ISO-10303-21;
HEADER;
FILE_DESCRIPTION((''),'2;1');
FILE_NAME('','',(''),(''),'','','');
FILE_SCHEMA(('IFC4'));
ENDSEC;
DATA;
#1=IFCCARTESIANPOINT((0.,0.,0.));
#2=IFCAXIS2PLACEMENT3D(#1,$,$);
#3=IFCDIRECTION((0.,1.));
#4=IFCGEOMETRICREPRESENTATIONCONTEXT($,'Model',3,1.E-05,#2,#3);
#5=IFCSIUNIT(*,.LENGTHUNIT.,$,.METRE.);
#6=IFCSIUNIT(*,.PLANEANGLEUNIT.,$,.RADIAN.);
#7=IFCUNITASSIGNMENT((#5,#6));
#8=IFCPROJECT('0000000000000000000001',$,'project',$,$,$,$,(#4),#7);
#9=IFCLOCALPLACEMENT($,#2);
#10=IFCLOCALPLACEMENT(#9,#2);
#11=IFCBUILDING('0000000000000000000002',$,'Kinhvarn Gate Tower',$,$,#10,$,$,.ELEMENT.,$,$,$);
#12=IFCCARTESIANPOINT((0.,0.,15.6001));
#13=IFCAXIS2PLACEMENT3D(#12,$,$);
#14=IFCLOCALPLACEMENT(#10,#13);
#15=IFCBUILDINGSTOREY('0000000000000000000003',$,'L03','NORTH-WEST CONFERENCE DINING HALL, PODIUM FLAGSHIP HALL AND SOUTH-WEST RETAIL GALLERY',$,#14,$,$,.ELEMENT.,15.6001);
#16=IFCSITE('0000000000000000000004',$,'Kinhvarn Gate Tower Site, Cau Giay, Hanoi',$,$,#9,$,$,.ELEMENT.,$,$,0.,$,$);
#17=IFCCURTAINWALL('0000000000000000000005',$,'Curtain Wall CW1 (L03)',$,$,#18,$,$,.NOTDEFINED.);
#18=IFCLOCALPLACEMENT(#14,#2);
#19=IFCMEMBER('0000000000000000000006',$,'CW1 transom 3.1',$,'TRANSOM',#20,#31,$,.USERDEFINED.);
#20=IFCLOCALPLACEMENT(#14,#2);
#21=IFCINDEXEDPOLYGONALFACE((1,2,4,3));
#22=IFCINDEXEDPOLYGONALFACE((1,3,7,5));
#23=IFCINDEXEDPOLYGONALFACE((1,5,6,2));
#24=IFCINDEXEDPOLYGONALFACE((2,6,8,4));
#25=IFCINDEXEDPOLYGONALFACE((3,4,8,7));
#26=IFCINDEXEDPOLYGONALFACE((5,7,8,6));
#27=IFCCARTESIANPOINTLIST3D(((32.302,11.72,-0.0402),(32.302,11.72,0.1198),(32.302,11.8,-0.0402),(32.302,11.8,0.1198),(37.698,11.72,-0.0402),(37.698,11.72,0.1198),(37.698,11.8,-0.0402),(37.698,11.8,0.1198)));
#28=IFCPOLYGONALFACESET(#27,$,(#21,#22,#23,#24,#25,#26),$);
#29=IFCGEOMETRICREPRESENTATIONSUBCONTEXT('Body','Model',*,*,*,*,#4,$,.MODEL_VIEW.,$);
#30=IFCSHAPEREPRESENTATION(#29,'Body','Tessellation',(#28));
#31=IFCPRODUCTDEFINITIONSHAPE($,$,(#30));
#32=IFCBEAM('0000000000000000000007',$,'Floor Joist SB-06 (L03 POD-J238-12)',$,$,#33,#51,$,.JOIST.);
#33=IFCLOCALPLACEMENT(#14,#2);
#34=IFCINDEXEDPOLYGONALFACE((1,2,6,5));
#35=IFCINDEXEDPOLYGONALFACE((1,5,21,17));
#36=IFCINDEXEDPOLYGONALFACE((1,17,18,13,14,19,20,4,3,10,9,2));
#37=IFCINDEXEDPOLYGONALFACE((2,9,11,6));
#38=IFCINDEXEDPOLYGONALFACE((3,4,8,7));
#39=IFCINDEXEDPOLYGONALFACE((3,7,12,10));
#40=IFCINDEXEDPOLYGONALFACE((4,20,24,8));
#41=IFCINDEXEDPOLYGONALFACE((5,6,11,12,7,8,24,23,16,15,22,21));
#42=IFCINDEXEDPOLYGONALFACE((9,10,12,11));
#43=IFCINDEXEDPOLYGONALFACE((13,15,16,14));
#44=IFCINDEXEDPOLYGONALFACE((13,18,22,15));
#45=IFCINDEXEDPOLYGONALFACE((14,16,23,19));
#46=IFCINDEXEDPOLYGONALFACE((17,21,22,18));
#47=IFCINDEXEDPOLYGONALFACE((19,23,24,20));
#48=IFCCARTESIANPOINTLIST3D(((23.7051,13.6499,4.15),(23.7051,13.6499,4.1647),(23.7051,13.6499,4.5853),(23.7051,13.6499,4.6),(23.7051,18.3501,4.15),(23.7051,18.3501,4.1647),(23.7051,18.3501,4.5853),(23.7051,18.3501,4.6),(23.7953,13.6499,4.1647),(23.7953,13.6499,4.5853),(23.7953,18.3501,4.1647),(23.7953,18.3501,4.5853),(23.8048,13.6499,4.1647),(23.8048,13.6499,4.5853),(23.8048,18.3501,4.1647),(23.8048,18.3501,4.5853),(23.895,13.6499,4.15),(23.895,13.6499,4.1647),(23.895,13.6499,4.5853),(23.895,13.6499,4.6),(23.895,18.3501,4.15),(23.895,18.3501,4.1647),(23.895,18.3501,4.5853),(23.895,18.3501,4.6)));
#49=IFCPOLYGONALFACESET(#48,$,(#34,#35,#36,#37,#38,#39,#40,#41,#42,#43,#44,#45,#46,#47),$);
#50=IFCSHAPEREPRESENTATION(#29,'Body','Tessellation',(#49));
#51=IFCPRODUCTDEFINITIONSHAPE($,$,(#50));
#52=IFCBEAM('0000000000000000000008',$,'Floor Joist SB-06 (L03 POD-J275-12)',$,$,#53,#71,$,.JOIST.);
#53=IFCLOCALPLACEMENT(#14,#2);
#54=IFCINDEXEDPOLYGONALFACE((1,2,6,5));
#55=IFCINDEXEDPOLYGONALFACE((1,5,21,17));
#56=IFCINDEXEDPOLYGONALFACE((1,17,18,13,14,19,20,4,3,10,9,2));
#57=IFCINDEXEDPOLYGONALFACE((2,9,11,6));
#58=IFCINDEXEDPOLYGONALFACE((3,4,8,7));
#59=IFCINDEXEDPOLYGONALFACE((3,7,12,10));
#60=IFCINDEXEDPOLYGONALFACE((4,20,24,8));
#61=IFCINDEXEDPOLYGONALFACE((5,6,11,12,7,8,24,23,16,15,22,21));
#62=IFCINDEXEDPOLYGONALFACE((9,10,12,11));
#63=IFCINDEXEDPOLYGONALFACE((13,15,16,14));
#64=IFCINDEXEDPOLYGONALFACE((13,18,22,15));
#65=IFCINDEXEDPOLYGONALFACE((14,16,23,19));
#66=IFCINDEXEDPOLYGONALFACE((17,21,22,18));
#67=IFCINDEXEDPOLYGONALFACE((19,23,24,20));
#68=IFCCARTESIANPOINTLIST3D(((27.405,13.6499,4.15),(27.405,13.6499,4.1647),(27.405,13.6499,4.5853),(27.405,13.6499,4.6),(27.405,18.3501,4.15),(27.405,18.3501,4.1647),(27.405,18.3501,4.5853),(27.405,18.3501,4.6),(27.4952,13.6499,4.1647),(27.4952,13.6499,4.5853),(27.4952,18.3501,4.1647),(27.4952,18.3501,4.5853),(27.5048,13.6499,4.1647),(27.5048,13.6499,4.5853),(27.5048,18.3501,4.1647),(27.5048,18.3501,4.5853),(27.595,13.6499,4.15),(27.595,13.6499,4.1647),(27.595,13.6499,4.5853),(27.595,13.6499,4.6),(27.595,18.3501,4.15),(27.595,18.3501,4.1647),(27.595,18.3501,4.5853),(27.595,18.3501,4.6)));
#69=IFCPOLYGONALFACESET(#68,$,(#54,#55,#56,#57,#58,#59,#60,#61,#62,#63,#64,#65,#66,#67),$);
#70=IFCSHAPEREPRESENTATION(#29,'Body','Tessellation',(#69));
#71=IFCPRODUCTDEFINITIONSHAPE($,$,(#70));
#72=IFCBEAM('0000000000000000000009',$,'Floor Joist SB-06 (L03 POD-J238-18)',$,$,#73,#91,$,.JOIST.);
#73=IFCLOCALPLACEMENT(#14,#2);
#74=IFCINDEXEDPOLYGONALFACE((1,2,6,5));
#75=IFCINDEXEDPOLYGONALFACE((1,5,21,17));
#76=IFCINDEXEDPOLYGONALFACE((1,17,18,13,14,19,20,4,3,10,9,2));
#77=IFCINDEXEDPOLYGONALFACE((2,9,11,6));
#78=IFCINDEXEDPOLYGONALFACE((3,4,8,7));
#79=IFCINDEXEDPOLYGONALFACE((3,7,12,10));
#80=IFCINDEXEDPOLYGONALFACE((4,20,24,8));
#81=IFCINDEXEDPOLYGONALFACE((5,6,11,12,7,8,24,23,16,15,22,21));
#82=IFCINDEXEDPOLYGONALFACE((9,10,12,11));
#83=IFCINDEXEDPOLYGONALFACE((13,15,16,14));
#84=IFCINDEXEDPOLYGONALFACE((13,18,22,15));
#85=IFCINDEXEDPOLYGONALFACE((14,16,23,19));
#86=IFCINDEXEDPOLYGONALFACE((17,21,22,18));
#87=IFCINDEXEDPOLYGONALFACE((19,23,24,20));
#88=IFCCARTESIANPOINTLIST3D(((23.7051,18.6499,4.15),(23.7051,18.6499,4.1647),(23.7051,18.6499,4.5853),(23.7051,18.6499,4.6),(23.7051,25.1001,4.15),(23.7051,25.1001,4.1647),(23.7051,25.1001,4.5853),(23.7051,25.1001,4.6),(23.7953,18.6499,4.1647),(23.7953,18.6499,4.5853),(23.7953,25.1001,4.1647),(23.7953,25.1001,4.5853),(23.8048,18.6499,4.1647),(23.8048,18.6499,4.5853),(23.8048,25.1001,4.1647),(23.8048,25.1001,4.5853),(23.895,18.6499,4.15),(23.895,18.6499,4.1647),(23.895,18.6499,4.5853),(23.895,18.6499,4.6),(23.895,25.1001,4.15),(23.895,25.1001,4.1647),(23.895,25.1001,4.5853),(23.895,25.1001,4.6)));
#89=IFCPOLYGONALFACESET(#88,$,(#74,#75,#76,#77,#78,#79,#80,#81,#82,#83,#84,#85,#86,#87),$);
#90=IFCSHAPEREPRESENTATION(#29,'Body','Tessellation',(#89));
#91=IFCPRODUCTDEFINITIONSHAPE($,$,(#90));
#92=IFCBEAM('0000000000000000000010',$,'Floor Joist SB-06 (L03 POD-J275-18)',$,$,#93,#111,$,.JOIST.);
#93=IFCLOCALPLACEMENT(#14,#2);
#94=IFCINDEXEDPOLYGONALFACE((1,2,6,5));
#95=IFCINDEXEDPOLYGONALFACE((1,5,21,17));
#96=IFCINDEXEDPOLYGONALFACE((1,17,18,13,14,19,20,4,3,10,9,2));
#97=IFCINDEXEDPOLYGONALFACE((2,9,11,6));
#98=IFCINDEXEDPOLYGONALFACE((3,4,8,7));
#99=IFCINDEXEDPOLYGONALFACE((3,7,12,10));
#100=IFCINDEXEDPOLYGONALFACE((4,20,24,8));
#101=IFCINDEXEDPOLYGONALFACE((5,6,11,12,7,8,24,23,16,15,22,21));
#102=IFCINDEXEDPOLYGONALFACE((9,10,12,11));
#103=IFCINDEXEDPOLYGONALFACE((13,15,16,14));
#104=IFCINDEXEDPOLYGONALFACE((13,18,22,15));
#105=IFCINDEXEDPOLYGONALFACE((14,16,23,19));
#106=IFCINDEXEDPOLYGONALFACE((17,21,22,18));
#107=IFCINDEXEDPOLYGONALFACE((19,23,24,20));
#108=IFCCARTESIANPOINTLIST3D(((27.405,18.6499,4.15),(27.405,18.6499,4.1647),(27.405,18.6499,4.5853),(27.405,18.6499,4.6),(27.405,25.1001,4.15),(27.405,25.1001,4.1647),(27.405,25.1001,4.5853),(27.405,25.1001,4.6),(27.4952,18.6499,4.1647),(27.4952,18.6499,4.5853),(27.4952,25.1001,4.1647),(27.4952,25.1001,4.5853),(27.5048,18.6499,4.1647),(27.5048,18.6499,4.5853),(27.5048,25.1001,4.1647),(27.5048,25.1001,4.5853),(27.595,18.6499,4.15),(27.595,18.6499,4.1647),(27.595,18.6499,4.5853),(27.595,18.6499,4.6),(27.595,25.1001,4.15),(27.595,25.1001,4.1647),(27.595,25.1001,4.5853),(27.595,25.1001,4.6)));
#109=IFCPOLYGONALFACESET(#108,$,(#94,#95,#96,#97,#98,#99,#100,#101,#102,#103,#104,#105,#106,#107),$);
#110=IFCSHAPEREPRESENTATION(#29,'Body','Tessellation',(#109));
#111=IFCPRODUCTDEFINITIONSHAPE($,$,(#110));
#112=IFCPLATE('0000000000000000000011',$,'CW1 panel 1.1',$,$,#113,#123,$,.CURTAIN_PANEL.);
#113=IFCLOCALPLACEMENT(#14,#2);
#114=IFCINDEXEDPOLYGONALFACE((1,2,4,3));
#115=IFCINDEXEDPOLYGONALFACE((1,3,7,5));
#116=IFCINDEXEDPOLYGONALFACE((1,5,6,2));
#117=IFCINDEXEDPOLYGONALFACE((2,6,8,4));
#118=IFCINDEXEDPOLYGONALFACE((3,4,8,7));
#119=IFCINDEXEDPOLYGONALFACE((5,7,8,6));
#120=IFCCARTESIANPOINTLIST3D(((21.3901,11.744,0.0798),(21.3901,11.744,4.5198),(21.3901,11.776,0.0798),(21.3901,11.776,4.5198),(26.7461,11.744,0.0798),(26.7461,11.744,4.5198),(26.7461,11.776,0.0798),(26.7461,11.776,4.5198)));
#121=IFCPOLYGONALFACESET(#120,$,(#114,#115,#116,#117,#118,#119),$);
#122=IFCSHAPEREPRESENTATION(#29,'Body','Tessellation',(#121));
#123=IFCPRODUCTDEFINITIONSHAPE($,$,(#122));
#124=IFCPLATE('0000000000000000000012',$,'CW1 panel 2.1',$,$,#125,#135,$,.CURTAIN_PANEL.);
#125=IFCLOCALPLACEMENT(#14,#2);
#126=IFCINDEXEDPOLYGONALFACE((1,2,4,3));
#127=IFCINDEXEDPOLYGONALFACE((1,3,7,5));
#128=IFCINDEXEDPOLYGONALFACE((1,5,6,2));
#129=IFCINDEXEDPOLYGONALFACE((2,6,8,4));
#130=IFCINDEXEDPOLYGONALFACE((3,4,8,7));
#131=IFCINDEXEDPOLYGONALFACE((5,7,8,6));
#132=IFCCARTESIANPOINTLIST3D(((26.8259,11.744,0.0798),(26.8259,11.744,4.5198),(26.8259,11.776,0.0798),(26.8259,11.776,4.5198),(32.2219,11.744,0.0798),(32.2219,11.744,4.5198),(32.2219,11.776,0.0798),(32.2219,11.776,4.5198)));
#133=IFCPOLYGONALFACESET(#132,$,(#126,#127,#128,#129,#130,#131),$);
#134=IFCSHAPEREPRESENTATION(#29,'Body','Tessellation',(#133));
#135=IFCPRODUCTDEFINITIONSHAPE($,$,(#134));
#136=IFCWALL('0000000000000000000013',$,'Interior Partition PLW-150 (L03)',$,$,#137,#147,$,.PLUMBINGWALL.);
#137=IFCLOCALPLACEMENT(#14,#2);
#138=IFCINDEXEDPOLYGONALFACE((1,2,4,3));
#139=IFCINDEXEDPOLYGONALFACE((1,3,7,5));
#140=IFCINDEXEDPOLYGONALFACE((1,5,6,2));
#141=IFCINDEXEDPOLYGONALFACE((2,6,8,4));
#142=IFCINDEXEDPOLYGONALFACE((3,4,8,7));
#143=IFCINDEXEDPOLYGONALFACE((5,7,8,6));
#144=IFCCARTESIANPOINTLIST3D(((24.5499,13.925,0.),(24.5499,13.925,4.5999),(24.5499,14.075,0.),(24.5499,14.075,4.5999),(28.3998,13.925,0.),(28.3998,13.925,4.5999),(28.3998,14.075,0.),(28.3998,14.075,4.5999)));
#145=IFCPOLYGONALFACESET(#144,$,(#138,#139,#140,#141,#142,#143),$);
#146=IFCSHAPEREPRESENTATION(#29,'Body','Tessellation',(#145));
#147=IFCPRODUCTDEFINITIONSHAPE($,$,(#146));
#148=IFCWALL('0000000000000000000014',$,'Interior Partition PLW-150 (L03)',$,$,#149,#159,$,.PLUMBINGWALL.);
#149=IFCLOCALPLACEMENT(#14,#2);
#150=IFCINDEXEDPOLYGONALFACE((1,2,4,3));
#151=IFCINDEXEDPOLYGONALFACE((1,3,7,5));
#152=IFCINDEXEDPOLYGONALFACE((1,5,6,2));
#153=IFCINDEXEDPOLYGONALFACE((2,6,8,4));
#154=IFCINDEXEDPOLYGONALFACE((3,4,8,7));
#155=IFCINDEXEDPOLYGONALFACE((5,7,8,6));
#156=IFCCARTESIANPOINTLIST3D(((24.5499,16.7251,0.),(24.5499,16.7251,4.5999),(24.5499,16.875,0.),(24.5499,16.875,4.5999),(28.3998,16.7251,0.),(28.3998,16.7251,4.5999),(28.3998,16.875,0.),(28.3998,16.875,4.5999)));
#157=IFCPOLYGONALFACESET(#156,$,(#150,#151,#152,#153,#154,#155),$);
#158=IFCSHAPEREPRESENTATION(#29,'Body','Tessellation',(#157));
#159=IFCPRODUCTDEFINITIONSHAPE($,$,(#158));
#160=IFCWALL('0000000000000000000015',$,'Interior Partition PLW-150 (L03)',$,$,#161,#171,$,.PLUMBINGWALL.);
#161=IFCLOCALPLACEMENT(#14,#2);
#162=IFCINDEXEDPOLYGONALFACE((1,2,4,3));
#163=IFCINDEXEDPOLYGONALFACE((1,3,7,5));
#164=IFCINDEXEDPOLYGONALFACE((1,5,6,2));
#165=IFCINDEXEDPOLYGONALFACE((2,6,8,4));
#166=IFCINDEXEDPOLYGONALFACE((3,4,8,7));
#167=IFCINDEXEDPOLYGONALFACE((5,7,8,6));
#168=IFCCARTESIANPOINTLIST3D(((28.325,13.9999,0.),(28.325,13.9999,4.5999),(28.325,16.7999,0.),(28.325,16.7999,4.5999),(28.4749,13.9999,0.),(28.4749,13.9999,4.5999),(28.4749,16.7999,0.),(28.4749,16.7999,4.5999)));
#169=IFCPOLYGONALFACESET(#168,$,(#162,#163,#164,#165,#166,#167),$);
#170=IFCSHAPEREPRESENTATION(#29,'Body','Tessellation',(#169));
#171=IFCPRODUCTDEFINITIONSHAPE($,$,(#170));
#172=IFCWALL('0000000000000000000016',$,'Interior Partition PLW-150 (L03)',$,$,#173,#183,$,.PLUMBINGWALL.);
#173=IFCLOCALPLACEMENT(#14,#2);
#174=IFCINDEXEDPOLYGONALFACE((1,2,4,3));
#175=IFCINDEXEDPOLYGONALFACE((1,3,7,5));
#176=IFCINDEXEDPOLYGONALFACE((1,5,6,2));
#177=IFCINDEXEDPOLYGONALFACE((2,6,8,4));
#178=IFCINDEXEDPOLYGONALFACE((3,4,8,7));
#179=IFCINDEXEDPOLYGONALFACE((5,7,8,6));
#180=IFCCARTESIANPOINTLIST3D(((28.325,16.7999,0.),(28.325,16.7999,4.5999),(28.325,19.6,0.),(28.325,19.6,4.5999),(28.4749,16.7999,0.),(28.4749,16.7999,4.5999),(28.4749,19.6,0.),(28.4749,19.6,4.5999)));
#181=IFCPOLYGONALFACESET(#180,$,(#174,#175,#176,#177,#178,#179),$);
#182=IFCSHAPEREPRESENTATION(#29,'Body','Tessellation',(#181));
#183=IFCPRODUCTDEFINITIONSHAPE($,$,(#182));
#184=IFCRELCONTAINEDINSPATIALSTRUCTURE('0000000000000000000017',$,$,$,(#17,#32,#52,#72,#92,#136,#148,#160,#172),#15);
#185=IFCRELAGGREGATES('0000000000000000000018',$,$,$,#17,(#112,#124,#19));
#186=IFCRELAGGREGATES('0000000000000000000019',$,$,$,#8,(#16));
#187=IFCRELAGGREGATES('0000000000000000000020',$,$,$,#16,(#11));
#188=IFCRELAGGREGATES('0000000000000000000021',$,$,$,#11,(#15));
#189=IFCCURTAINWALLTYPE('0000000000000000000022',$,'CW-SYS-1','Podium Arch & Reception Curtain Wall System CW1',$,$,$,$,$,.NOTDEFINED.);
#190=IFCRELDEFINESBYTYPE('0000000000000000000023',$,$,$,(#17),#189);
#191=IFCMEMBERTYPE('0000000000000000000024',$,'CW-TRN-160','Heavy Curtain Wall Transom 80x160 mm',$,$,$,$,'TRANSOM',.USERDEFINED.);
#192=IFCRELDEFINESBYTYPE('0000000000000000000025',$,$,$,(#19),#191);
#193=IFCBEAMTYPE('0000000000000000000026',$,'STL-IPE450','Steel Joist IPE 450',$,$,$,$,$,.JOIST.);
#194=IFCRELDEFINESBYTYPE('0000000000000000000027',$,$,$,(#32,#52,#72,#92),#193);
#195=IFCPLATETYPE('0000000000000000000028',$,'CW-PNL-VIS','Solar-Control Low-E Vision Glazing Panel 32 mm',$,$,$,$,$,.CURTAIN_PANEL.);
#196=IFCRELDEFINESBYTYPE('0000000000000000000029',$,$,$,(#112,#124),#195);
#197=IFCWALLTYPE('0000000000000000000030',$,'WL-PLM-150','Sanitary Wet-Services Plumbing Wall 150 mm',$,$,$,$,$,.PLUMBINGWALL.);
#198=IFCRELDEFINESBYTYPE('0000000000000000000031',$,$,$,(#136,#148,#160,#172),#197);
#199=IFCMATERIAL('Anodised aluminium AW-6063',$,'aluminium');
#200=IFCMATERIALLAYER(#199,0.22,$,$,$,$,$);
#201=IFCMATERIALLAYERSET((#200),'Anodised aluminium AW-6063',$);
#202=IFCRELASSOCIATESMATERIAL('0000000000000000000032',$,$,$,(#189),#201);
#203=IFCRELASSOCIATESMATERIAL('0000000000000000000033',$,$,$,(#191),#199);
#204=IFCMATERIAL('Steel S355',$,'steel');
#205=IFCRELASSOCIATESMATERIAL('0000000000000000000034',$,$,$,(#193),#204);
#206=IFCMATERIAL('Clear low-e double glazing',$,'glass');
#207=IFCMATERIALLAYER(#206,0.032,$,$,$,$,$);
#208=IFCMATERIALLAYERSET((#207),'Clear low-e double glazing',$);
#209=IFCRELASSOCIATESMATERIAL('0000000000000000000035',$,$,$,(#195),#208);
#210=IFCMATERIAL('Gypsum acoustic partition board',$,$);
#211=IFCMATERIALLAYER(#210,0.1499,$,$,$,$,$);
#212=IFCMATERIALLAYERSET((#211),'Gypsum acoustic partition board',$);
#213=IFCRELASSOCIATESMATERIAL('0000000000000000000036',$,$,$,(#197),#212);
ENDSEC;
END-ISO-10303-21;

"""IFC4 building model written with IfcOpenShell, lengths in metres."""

from ifc_helpers import new_model, si_unit, direction, frame, frame_2d, origin, origin_2d, place, context, subcontext, project, spatial, rectangle, i_section, extrude, material, layer, layer_set, material_profile, profile_set, type_object, element, aggregate, save


model = new_model("IFC4")

# Units and contexts
model_context = context("Model", 3, precision=1e-05, world=origin(), true_north=direction((0.0, 1.0)))
body_context = subcontext(model_context, "Body", "Model", "MODEL_VIEW")
ifc_project = project(units=[si_unit("LENGTHUNIT", "METRE"), si_unit("PLANEANGLEUNIT", "RADIAN")], contexts=[model_context])

# Site, building, storey
site_placement = place(None, origin())
site = spatial("IfcSite", under=ifc_project, at=site_placement, Name="Kinhvarn Gate Tower Site, Cau Giay, Hanoi", CompositionType="ELEMENT", RefElevation=0.0)
building_placement = place(site_placement, origin())
building = spatial("IfcBuilding", under=site, at=building_placement, Name="Kinhvarn Gate Tower", CompositionType="ELEMENT")
storey_placement = place(building_placement, frame((0.0, 0.0, 15.6001)))
storey = spatial("IfcBuildingStorey", under=building, at=storey_placement, Name="L03", Description="NORTH-WEST CONFERENCE DINING HALL, PODIUM FLAGSHIP HALL AND SOUTH-WEST RETAIL GALLERY", CompositionType="ELEMENT", Elevation=15.6001)

# Curtain wall, member
ifc_material_1 = material(Name="Anodised aluminium AW-6063", Category="aluminium")
ifc_layer_1 = layer(ifc_material_1, 0.22)
ifc_layer_set_1 = layer_set([ifc_layer_1], Name="Anodised aluminium AW-6063")
curtain_wall_type = type_object("IfcCurtainWallType", Name="CW-SYS-1", Description="Podium Arch & Reception Curtain Wall System CW1", PredefinedType="NOTDEFINED", material=ifc_layer_set_1)
curtain_wall_placement = place(storey_placement, origin())
curtain_wall = element("IfcCurtainWall", 1, at=curtain_wall_placement, inside=storey, type_object=curtain_wall_type, Name="Curtain Wall CW1 (L03)", PredefinedType="NOTDEFINED")
ifc_material_profile_1 = material_profile(ifc_material_1, rectangle(XDim=0.0801, YDim=0.1599, at=origin_2d()), Name="ALU 80x160")
ifc_profile_set_1 = profile_set([ifc_material_profile_1], Name="Anodised aluminium AW-6063")
member_type_1 = type_object("IfcMemberType", Name="CW-TRN-160", Description="Heavy Curtain Wall Transom 80x160 mm", ElementType="TRANSOM", PredefinedType="USERDEFINED", material=ifc_profile_set_1)
member_1_placement = place(storey_placement, frame((32.302, 11.76, 0.0398), z_axis=(1.0, 0.0, 0.0), x_axis=(0.0, 1.0, 0.0)))
member_1 = element("IfcMember", 2, at=member_1_placement, type_object=member_type_1, Name="CW1 transom 3.1", ObjectType="TRANSOM", PredefinedType="USERDEFINED", context=body_context, shape_type="SweptSolid", body=[
    extrude(rectangle(XDim=0.0801, YDim=0.1599, at=origin_2d()), origin(), (0.0, 0.0, 1.0), 5.396),
])

# Beams
ifc_material_2 = material(Name="Steel S355", Category="steel")
ifc_material_profile_2 = material_profile(ifc_material_2, i_section(OverallWidth=0.1899, OverallDepth=0.45, WebThickness=0.0095, FlangeThickness=0.0146, at=origin_2d()), Name="IPE 450")
ifc_profile_set_2 = profile_set([ifc_material_profile_2], Name="Steel S355")
beam_type_1 = type_object("IfcBeamType", Name="STL-IPE450", Description="Steel Joist IPE 450", PredefinedType="JOIST", material=ifc_profile_set_2)
for number, where, z_axis, x_axis, name in (
    (3, (23.8, 13.6499, 4.375), (0.0, 1.0, 0.0), (-1.0, 0.0, 0.0), "Floor Joist SB-06 (L03 POD-J238-12)"),
    (4, (27.5, 13.6499, 4.375), (0.0, 1.0, 0.0), (-1.0, 0.0, 0.0), "Floor Joist SB-06 (L03 POD-J275-12)"),
):
    element("IfcBeam", number, at=place(storey_placement, frame(where, z_axis=z_axis, x_axis=x_axis)), inside=storey, type_object=beam_type_1, Name=name, PredefinedType="JOIST", context=body_context, shape_type="SweptSolid", body=[
        extrude(i_section(OverallWidth=0.1899, OverallDepth=0.45, WebThickness=0.0095, FlangeThickness=0.0146, at=origin_2d()), origin(), (0.0, 0.0, 1.0), 4.7002),
    ])
for number, where, z_axis, x_axis, name in (
    (5, (23.8, 18.6499, 4.375), (0.0, 1.0, 0.0), (-1.0, 0.0, 0.0), "Floor Joist SB-06 (L03 POD-J238-18)"),
    (6, (27.5, 18.6499, 4.375), (0.0, 1.0, 0.0), (-1.0, 0.0, 0.0), "Floor Joist SB-06 (L03 POD-J275-18)"),
):
    element("IfcBeam", number, at=place(storey_placement, frame(where, z_axis=z_axis, x_axis=x_axis)), inside=storey, type_object=beam_type_1, Name=name, PredefinedType="JOIST", context=body_context, shape_type="SweptSolid", body=[
        extrude(i_section(OverallWidth=0.1899, OverallDepth=0.45, WebThickness=0.0095, FlangeThickness=0.0146, at=origin_2d()), origin(), (0.0, 0.0, 1.0), 6.4502),
    ])

# Plates
ifc_material_3 = material(Name="Clear low-e double glazing", Category="glass")
ifc_layer_2 = layer(ifc_material_3, 0.032)
ifc_layer_set_2 = layer_set([ifc_layer_2], Name="Clear low-e double glazing")
plate_type = type_object("IfcPlateType", Name="CW-PNL-VIS", Description="Solar-Control Low-E Vision Glazing Panel 32 mm", PredefinedType="CURTAIN_PANEL", material=ifc_layer_set_2)
plate_1_placement = place(storey_placement, frame((24.0681, 11.76, 0.0798), z_axis=(0.0, 0.0, 1.0), x_axis=(1.0, 0.0, 0.0)))
plate_1 = element("IfcPlate", 7, at=plate_1_placement, type_object=plate_type, Name="CW1 panel 1.1", PredefinedType="CURTAIN_PANEL", context=body_context, shape_type="SweptSolid", body=[
    extrude(rectangle(XDim=5.356, YDim=0.032, at=origin_2d()), origin(), (0.0, 0.0, 1.0), 4.4399),
])
plate_2_placement = place(storey_placement, frame((29.5239, 11.76, 0.0798), z_axis=(0.0, 0.0, 1.0), x_axis=(1.0, 0.0, 0.0)))
plate_2 = element("IfcPlate", 8, at=plate_2_placement, type_object=plate_type, Name="CW1 panel 2.1", PredefinedType="CURTAIN_PANEL", context=body_context, shape_type="SweptSolid", body=[
    extrude(rectangle(XDim=5.396, YDim=0.032, at=origin_2d()), origin(), (0.0, 0.0, 1.0), 4.4399),
])
aggregate(curtain_wall, [plate_1, plate_2, member_1])

# Walls
ifc_material_4 = material(Name="Gypsum acoustic partition board")
ifc_layer_3 = layer(ifc_material_4, 0.1499)
ifc_layer_set_3 = layer_set([ifc_layer_3], Name="Gypsum acoustic partition board")
wall_type_1 = type_object("IfcWallType", Name="WL-PLM-150", Description="Sanitary Wet-Services Plumbing Wall 150 mm", PredefinedType="PLUMBINGWALL", material=ifc_layer_set_3)
for number, where, z_axis, x_axis, name in (
    (9, (24.55, 14.0, 0.0), (0.0, 0.0, 1.0), (1.0, 0.0, 0.0), "Interior Partition PLW-150 (L03)"),
    (10, (24.55, 16.8, 0.0), (0.0, 0.0, 1.0), (1.0, 0.0, 0.0), "Interior Partition PLW-150 (L03)"),
):
    element("IfcWall", number, at=place(storey_placement, frame(where, z_axis=z_axis, x_axis=x_axis)), inside=storey, type_object=wall_type_1, Name=name, PredefinedType="PLUMBINGWALL", context=body_context, shape_type="SweptSolid", body=[
        extrude(rectangle(XDim=3.8499, YDim=0.1499, at=frame_2d((1.9248, 0.0))), origin(), (0.0, 0.0, 1.0), 4.5999),
    ])
for number, where, z_axis, x_axis, name in (
    (11, (28.3999, 14.0, 0.0), (0.0, 0.0, 1.0), (0.0, 1.0, 0.0), "Interior Partition PLW-150 (L03)"),
    (12, (28.3999, 16.8, 0.0), (0.0, 0.0, 1.0), (0.0, 1.0, 0.0), "Interior Partition PLW-150 (L03)"),
):
    element("IfcWall", number, at=place(storey_placement, frame(where, z_axis=z_axis, x_axis=x_axis)), inside=storey, type_object=wall_type_1, Name=name, PredefinedType="PLUMBINGWALL", context=body_context, shape_type="SweptSolid", body=[
        extrude(rectangle(XDim=2.8, YDim=0.1499, at=frame_2d((1.3999, 0.0))), origin(), (0.0, 0.0, 1.0), 4.5999),
    ])

save(model, "model.ifc")
